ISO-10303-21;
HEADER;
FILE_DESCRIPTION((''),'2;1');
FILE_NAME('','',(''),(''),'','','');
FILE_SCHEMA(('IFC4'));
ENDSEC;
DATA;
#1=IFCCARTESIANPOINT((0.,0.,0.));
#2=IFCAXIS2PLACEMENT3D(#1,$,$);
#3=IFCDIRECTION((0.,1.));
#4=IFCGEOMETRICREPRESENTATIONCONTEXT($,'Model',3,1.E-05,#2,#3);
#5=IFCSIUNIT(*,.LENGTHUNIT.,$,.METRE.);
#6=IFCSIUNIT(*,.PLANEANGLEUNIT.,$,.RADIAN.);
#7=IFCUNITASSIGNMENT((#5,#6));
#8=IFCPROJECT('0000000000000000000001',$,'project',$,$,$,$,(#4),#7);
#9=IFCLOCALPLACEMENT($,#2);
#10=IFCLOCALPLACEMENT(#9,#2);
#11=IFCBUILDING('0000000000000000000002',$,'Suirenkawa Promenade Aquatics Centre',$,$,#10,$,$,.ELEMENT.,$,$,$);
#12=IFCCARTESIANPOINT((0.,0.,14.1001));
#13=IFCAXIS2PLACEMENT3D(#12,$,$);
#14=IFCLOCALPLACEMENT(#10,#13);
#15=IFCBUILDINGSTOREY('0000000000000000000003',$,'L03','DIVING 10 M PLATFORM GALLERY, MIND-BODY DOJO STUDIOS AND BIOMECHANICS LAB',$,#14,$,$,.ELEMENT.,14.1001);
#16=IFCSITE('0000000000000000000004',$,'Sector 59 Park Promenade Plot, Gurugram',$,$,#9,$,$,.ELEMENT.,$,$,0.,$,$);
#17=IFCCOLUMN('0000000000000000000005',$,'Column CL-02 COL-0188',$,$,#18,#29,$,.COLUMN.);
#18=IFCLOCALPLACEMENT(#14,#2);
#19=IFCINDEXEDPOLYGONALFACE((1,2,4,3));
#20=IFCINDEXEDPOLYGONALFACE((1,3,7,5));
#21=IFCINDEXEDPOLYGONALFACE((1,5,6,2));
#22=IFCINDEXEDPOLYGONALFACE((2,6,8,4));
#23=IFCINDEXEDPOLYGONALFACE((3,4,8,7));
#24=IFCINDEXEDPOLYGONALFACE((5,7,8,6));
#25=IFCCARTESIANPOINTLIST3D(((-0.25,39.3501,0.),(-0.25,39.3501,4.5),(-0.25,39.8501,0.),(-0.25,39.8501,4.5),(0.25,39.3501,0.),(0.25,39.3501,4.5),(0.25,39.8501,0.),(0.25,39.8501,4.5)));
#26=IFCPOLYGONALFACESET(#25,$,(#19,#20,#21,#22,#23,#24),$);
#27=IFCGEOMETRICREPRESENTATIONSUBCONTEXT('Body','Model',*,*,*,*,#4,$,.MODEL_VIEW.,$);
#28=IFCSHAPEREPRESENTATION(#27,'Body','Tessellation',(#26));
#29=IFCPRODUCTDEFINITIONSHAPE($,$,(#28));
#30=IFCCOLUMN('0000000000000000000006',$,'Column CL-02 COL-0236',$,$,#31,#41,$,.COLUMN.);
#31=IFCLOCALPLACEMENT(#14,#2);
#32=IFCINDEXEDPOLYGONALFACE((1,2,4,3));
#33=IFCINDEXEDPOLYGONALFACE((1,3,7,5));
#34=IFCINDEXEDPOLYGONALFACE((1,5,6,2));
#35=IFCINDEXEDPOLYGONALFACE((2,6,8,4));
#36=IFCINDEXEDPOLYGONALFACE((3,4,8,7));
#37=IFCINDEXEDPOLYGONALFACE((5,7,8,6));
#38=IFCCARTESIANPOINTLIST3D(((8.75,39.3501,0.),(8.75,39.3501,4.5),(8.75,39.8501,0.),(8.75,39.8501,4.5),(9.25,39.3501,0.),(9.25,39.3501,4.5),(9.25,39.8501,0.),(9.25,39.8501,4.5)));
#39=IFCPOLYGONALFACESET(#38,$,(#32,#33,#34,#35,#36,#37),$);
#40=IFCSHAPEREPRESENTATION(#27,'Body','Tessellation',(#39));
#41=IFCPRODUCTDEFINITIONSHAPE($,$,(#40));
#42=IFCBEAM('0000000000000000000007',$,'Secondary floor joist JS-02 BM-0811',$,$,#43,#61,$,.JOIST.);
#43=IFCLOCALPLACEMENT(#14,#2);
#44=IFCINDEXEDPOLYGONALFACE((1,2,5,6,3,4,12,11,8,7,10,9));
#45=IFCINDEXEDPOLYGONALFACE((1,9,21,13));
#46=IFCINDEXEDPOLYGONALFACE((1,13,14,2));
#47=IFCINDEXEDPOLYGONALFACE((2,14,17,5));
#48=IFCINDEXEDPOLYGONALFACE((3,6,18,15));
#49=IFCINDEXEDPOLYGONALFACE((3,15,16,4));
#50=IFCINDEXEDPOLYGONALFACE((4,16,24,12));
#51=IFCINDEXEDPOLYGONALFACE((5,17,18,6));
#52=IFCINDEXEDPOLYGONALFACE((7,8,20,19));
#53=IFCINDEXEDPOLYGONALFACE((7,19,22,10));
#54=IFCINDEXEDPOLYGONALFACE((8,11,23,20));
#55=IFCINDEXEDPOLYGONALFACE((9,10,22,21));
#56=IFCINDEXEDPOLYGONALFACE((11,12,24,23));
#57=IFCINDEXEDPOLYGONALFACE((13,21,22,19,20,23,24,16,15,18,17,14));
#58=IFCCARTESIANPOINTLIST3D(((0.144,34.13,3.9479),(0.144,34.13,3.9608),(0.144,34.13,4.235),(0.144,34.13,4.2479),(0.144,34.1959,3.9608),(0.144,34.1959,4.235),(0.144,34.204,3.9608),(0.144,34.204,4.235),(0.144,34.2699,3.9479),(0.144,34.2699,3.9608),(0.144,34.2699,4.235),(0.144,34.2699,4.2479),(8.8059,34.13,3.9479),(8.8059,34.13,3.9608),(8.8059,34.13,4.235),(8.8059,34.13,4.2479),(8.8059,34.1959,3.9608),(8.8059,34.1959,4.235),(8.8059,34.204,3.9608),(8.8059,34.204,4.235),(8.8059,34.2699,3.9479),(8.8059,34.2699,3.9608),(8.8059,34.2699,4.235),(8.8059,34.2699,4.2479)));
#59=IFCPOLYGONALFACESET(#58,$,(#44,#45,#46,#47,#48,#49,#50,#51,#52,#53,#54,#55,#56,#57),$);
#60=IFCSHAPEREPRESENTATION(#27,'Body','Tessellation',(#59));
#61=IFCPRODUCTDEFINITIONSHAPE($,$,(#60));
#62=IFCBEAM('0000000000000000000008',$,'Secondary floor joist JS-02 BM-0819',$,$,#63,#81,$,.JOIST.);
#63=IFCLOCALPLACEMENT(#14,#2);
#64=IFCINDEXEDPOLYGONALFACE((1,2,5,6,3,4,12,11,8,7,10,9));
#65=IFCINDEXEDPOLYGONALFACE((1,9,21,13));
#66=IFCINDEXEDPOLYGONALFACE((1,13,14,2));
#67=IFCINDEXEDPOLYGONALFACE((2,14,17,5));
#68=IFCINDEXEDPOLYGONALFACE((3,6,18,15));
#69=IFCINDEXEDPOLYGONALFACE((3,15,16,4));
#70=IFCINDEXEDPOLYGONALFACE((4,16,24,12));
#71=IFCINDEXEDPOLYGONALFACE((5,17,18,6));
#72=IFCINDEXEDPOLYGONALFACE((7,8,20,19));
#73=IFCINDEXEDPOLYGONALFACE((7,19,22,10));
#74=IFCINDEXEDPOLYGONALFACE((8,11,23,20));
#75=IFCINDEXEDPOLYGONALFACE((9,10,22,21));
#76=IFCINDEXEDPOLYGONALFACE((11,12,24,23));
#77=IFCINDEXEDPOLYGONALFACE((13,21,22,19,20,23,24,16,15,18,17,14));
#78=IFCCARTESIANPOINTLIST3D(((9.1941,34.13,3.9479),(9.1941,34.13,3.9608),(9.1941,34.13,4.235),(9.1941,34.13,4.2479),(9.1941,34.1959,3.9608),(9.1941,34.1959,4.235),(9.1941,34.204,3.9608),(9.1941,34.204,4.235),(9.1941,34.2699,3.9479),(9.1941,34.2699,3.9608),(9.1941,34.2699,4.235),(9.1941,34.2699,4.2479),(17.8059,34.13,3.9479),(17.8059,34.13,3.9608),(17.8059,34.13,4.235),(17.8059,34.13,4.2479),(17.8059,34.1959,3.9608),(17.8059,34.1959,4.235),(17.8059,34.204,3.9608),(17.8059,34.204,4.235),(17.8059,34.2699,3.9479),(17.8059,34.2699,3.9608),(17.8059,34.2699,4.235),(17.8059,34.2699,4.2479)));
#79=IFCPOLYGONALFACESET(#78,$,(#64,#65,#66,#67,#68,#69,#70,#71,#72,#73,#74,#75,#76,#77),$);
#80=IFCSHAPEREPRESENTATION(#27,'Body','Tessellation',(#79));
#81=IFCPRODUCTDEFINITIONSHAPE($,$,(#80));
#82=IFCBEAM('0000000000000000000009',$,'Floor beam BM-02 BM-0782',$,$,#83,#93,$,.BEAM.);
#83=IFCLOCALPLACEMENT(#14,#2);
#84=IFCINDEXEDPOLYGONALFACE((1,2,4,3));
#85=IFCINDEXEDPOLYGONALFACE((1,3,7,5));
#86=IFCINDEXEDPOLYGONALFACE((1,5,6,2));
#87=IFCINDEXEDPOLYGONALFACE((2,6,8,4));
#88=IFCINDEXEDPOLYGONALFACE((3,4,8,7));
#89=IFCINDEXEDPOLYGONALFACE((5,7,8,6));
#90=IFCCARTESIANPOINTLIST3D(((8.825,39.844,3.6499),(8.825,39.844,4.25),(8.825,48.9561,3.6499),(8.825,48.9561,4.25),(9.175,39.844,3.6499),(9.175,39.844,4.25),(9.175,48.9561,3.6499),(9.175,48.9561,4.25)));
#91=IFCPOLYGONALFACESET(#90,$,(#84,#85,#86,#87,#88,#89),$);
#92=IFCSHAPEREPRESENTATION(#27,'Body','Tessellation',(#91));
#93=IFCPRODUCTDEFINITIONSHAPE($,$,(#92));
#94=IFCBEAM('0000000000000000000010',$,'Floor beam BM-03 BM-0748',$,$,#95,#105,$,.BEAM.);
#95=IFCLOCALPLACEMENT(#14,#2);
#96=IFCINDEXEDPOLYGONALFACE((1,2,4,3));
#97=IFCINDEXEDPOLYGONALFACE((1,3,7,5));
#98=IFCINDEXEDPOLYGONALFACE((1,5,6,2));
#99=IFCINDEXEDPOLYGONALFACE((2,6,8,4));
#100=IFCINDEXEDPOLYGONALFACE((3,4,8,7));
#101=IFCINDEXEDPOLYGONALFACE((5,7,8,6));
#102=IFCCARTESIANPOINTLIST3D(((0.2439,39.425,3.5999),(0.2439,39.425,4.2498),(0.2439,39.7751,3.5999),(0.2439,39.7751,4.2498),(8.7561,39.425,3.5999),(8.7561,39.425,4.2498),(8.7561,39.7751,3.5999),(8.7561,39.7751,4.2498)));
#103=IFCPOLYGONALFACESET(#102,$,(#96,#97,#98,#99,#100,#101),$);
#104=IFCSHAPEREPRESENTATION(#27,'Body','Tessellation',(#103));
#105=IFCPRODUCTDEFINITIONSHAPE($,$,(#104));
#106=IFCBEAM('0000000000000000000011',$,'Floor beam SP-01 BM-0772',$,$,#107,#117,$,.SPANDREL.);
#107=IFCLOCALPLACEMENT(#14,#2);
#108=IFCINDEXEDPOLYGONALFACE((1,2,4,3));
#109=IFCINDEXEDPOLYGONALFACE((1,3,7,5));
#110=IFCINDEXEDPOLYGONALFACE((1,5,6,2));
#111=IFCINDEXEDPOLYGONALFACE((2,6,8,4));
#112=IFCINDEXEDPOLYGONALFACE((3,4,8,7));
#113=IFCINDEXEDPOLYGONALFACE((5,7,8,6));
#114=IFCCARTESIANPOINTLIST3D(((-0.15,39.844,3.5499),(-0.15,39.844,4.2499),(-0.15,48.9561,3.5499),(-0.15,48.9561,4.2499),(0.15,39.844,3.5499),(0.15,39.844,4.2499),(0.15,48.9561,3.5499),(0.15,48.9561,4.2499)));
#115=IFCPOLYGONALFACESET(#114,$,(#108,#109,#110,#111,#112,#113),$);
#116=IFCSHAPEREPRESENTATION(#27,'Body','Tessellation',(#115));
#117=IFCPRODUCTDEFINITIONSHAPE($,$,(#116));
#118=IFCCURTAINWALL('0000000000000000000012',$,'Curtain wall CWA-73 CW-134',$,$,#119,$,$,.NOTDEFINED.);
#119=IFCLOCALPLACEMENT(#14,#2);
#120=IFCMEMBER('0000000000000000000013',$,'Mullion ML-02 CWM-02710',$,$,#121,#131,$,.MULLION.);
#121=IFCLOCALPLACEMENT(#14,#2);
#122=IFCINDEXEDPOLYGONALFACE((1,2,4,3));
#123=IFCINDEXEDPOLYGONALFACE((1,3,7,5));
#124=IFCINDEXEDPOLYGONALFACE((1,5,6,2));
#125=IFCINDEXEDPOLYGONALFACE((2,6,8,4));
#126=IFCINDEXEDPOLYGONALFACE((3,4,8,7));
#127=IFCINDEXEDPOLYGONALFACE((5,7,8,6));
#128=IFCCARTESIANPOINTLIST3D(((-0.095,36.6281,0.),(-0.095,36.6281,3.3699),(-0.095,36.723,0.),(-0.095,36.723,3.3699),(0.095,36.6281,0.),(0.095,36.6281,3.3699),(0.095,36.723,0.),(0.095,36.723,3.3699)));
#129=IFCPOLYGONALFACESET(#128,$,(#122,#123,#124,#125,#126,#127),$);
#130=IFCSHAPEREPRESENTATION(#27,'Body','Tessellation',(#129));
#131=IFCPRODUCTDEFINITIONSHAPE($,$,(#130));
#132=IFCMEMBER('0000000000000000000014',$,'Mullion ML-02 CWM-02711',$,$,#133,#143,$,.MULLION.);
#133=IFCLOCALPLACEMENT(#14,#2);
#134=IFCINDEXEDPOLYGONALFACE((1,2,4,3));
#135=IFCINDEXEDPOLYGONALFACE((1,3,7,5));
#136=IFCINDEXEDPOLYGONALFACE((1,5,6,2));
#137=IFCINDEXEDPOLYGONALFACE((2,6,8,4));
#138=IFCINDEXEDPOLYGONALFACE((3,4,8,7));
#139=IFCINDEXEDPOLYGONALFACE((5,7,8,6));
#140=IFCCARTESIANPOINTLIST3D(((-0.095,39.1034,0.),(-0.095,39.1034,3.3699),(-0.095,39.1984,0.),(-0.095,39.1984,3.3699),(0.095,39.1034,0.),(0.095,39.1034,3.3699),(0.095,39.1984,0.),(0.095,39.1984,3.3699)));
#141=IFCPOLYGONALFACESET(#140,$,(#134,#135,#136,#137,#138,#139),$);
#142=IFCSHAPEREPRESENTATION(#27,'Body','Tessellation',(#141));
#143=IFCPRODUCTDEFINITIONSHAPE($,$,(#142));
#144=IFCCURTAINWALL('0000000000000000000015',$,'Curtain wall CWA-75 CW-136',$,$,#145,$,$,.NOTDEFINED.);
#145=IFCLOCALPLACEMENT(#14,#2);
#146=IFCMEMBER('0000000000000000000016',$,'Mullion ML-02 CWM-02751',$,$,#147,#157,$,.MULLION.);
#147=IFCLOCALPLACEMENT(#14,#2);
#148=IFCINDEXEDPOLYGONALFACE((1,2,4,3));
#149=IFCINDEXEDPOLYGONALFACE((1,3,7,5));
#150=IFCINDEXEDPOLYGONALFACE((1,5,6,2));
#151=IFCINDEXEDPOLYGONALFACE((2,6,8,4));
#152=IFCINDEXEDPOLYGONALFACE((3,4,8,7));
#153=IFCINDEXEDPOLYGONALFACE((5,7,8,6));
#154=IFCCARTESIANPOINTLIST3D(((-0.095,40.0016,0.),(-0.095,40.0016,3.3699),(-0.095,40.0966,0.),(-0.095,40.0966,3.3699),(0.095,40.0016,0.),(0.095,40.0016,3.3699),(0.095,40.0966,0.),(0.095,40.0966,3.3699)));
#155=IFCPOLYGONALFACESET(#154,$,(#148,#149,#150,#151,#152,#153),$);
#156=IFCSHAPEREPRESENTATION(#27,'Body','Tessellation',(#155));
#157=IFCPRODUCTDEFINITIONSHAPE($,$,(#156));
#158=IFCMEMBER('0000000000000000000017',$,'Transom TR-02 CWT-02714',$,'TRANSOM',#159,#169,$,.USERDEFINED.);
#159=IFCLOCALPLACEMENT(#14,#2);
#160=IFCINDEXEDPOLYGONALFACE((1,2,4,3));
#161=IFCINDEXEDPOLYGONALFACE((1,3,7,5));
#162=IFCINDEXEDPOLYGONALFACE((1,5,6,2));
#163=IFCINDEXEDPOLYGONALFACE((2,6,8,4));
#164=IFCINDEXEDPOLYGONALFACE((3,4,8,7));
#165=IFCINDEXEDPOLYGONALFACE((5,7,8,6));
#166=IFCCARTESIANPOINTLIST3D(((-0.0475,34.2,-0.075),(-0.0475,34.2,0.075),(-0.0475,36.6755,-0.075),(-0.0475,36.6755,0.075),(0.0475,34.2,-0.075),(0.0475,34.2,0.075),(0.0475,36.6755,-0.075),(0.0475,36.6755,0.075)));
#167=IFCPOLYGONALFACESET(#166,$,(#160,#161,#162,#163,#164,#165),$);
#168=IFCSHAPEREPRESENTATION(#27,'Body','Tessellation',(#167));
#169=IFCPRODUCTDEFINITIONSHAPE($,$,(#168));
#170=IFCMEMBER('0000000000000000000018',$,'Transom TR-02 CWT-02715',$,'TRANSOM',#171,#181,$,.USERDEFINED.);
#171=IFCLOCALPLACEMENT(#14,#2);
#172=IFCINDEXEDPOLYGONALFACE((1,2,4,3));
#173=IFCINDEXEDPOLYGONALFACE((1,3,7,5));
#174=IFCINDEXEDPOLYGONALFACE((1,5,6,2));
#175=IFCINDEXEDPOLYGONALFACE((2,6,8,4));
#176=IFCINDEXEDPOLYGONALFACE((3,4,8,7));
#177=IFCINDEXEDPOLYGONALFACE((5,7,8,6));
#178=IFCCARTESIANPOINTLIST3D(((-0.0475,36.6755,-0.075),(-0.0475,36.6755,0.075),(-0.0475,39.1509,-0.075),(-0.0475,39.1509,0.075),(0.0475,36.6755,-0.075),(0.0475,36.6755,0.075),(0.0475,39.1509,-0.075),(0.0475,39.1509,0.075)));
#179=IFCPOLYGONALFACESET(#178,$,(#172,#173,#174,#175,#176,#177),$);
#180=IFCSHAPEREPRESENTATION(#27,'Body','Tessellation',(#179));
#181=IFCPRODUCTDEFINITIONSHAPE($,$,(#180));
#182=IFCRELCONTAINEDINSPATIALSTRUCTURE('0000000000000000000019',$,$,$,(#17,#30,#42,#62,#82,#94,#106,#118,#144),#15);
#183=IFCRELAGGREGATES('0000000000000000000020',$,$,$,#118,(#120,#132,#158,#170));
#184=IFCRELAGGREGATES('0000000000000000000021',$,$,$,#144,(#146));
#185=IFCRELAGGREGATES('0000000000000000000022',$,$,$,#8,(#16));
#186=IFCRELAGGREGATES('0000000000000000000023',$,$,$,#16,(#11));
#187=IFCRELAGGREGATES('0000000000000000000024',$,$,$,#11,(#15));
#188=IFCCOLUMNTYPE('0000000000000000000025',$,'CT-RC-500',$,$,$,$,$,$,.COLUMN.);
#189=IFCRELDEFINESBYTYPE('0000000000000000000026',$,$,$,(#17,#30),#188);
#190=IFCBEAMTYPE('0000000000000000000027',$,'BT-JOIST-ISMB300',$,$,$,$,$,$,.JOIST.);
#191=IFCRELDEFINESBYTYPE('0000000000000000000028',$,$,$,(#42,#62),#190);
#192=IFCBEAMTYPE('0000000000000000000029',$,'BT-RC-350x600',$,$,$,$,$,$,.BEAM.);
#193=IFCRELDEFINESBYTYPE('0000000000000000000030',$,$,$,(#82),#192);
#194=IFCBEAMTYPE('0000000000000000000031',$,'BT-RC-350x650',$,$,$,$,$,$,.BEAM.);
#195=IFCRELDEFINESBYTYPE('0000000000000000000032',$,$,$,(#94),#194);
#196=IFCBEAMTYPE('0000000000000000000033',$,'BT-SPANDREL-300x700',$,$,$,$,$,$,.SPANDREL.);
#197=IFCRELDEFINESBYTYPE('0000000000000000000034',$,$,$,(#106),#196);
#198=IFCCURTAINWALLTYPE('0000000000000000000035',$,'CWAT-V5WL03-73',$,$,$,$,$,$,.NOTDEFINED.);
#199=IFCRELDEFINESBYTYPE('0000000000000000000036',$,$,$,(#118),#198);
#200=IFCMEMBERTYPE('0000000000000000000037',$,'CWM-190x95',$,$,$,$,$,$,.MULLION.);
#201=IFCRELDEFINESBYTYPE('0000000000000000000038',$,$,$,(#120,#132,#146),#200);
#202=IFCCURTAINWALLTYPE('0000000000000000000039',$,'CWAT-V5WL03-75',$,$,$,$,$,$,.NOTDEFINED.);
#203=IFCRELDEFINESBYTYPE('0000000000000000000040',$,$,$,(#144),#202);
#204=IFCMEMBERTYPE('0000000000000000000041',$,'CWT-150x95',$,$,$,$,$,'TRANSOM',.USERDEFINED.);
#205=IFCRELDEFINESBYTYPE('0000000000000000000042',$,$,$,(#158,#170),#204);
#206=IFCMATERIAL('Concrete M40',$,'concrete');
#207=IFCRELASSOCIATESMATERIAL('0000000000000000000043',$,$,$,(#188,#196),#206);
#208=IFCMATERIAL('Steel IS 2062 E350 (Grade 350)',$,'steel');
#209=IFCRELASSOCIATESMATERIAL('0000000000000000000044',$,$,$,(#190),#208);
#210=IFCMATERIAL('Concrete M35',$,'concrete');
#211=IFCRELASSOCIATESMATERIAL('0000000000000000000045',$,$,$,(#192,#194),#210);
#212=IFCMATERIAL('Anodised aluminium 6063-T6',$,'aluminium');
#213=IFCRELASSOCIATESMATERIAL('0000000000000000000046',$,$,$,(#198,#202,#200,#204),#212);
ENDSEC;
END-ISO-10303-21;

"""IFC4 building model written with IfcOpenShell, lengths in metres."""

from ifc_helpers import new_model, si_unit, direction, frame, origin, origin_2d, place, context, subcontext, project, spatial, rectangle, i_section, extrude, material, material_profile, profile_set, type_object, element, aggregate, save


model = new_model("IFC4")

# Units and contexts
model_context = context("Model", 3, precision=1e-05, world=origin(), true_north=direction((0.0, 1.0)))
body_context = subcontext(model_context, "Body", "Model", "MODEL_VIEW")
ifc_project = project(units=[si_unit("LENGTHUNIT", "METRE"), si_unit("PLANEANGLEUNIT", "RADIAN")], contexts=[model_context])

# Site, building, storey
site_placement = place(None, origin())
site = spatial("IfcSite", under=ifc_project, at=site_placement, Name="Sector 59 Park Promenade Plot, Gurugram", CompositionType="ELEMENT", RefElevation=0.0)
building_placement = place(site_placement, origin())
building = spatial("IfcBuilding", under=site, at=building_placement, Name="Suirenkawa Promenade Aquatics Centre", CompositionType="ELEMENT")
storey_placement = place(building_placement, frame((0.0, 0.0, 14.1001)))
storey = spatial("IfcBuildingStorey", under=building, at=storey_placement, Name="L03", Description="DIVING 10 M PLATFORM GALLERY, MIND-BODY DOJO STUDIOS AND BIOMECHANICS LAB", CompositionType="ELEMENT", Elevation=14.1001)

# Columns
ifc_material_1 = material(Name="Concrete M40", Category="concrete")
ifc_material_profile_1 = material_profile(ifc_material_1, rectangle(XDim=0.5, YDim=0.5, at=origin_2d()), Name="RC COL 500x500", Category="concrete")
ifc_profile_set_1 = profile_set([ifc_material_profile_1], Name="Concrete M40")
column_type = type_object("IfcColumnType", Name="CT-RC-500", PredefinedType="COLUMN", material=ifc_profile_set_1)
for number, where, z_axis, x_axis, name in (
    (1, (0.0, 39.6001, 0.0), (0.0, 0.0, 1.0), (1.0, 0.0, 0.0), "Column CL-02 COL-0188"),
    (2, (9.0, 39.6001, 0.0), (0.0, 0.0, 1.0), (1.0, 0.0, 0.0), "Column CL-02 COL-0236"),
):
    element("IfcColumn", number, at=place(storey_placement, frame(where, z_axis=z_axis, x_axis=x_axis)), inside=storey, type_object=column_type, Name=name, PredefinedType="COLUMN", context=body_context, shape_type="SweptSolid", body=[
        extrude(rectangle(XDim=0.5, YDim=0.5, at=origin_2d()), origin(), (0.0, 0.0, 1.0), 4.5),
    ])

# Beams
ifc_material_2 = material(Name="Steel IS 2062 E350 (Grade 350)", Category="steel")
ifc_material_profile_2 = material_profile(ifc_material_2, i_section(OverallWidth=0.1399, OverallDepth=0.3, WebThickness=0.0081, FlangeThickness=0.0129, at=origin_2d()), Name="ISMB 300", Category="steel")
ifc_profile_set_2 = profile_set([ifc_material_profile_2], Name="Steel IS 2062 E350 (Grade 350)")
beam_type_1 = type_object("IfcBeamType", Name="BT-JOIST-ISMB300", PredefinedType="JOIST", material=ifc_profile_set_2)
beam_1_placement = place(storey_placement, frame((0.144, 34.2, 4.0979), z_axis=(1.0, 0.0, 0.0), x_axis=(0.0, 1.0, 0.0)))
element("IfcBeam", 3, at=beam_1_placement, inside=storey, type_object=beam_type_1, Name="Secondary floor joist JS-02 BM-0811", PredefinedType="JOIST", context=body_context, shape_type="SweptSolid", body=[
    extrude(i_section(OverallWidth=0.1399, OverallDepth=0.3, WebThickness=0.0081, FlangeThickness=0.0129, at=origin_2d()), origin(), (0.0, 0.0, 1.0), 8.6619),
])
beam_2_placement = place(storey_placement, frame((9.1941, 34.2, 4.0979), z_axis=(1.0, 0.0, 0.0), x_axis=(0.0, 1.0, 0.0)))
element("IfcBeam", 4, at=beam_2_placement, inside=storey, type_object=beam_type_1, Name="Secondary floor joist JS-02 BM-0819", PredefinedType="JOIST", context=body_context, shape_type="SweptSolid", body=[
    extrude(i_section(OverallWidth=0.1399, OverallDepth=0.3, WebThickness=0.0081, FlangeThickness=0.0129, at=origin_2d()), origin(), (0.0, 0.0, 1.0), 8.6118),
])
ifc_material_3 = material(Name="Concrete M35", Category="concrete")
ifc_material_profile_3 = material_profile(ifc_material_3, rectangle(XDim=0.3501, YDim=0.6001, at=origin_2d()), Name="RC BM 350x600", Category="concrete")
ifc_profile_set_3 = profile_set([ifc_material_profile_3], Name="Concrete M35")
beam_type_2 = type_object("IfcBeamType", Name="BT-RC-350x600", PredefinedType="BEAM", material=ifc_profile_set_3)
beam_3_placement = place(storey_placement, frame((9.0, 39.844, 3.95), z_axis=(0.0, 1.0, 0.0), x_axis=(-1.0, 0.0, 0.0)))
element("IfcBeam", 5, at=beam_3_placement, inside=storey, type_object=beam_type_2, Name="Floor beam BM-02 BM-0782", PredefinedType="BEAM", context=body_context, shape_type="SweptSolid", body=[
    extrude(rectangle(XDim=0.3501, YDim=0.6001, at=origin_2d()), origin(), (0.0, 0.0, 1.0), 9.1121),
])
ifc_material_profile_4 = material_profile(ifc_material_3, rectangle(XDim=0.3501, YDim=0.6499, at=origin_2d()), Name="RC BM 350x650", Category="concrete")
ifc_profile_set_4 = profile_set([ifc_material_profile_4], Name="Concrete M35")
beam_type_3 = type_object("IfcBeamType", Name="BT-RC-350x650", PredefinedType="BEAM", material=ifc_profile_set_4)
beam_4_placement = place(storey_placement, frame((0.2439, 39.6001, 3.9248), z_axis=(1.0, 0.0, 0.0), x_axis=(0.0, 1.0, 0.0)))
element("IfcBeam", 6, at=beam_4_placement, inside=storey, type_object=beam_type_3, Name="Floor beam BM-03 BM-0748", PredefinedType="BEAM", context=body_context, shape_type="SweptSolid", body=[
    extrude(rectangle(XDim=0.3501, YDim=0.6499, at=origin_2d()), origin(), (0.0, 0.0, 1.0), 8.5122),
])
ifc_material_profile_5 = material_profile(ifc_material_1, rectangle(XDim=0.3, YDim=0.7, at=origin_2d()), Name="RC SPANDREL 300x700", Category="concrete")
ifc_profile_set_5 = profile_set([ifc_material_profile_5], Name="Concrete M40")
beam_type_4 = type_object("IfcBeamType", Name="BT-SPANDREL-300x700", PredefinedType="SPANDREL", material=ifc_profile_set_5)
beam_5_placement = place(storey_placement, frame((0.0, 39.844, 3.8999), z_axis=(0.0, 1.0, 0.0), x_axis=(-1.0, 0.0, 0.0)))
element("IfcBeam", 7, at=beam_5_placement, inside=storey, type_object=beam_type_4, Name="Floor beam SP-01 BM-0772", PredefinedType="SPANDREL", context=body_context, shape_type="SweptSolid", body=[
    extrude(rectangle(XDim=0.3, YDim=0.7, at=origin_2d()), origin(), (0.0, 0.0, 1.0), 9.1121),
])

# Curtain wall, members
ifc_material_4 = material(Name="Anodised aluminium 6063-T6", Category="aluminium")
curtain_wall_type_1 = type_object("IfcCurtainWallType", Name="CWAT-V5WL03-73", PredefinedType="NOTDEFINED", material=ifc_material_4)
curtain_wall_1_placement = place(storey_placement, origin())
curtain_wall_1 = element("IfcCurtainWall", 8, at=curtain_wall_1_placement, inside=storey, type_object=curtain_wall_type_1, Name="Curtain wall CWA-73 CW-134", PredefinedType="NOTDEFINED")
ifc_material_profile_6 = material_profile(ifc_material_4, rectangle(XDim=0.095, YDim=0.1899, at=origin_2d()), Name="ALU MULL 95x190", Category="aluminium")
ifc_profile_set_6 = profile_set([ifc_material_profile_6], Name="Anodised aluminium 6063-T6")
member_type_1 = type_object("IfcMemberType", Name="CWM-190x95", PredefinedType="MULLION", material=ifc_profile_set_6)
member_1_placement = place(storey_placement, frame((0.0, 36.6755, 0.0), z_axis=(0.0, 0.0, 1.0), x_axis=(0.0, 1.0, 0.0)))
member_1 = element("IfcMember", 9, at=member_1_placement, type_object=member_type_1, Name="Mullion ML-02 CWM-02710", PredefinedType="MULLION", context=body_context, shape_type="SweptSolid", body=[
    extrude(rectangle(XDim=0.095, YDim=0.1899, at=origin_2d()), origin(), (0.0, 0.0, 1.0), 3.3699),
])
member_2_placement = place(storey_placement, frame((0.0, 39.1509, 0.0), z_axis=(0.0, 0.0, 1.0), x_axis=(0.0, 1.0, 0.0)))
member_2 = element("IfcMember", 10, at=member_2_placement, type_object=member_type_1, Name="Mullion ML-02 CWM-02711", PredefinedType="MULLION", context=body_context, shape_type="SweptSolid", body=[
    extrude(rectangle(XDim=0.095, YDim=0.1899, at=origin_2d()), origin(), (0.0, 0.0, 1.0), 3.3699),
])

# Curtain wall, member
curtain_wall_type_2 = type_object("IfcCurtainWallType", Name="CWAT-V5WL03-75", PredefinedType="NOTDEFINED", material=ifc_material_4)
curtain_wall_2_placement = place(storey_placement, origin())
curtain_wall_2 = element("IfcCurtainWall", 11, at=curtain_wall_2_placement, inside=storey, type_object=curtain_wall_type_2, Name="Curtain wall CWA-75 CW-136", PredefinedType="NOTDEFINED")
member_3_placement = place(storey_placement, frame((0.0, 40.0491, 0.0), z_axis=(0.0, 0.0, 1.0), x_axis=(0.0, 1.0, 0.0)))
member_3 = element("IfcMember", 12, at=member_3_placement, type_object=member_type_1, Name="Mullion ML-02 CWM-02751", PredefinedType="MULLION", context=body_context, shape_type="SweptSolid", body=[
    extrude(rectangle(XDim=0.095, YDim=0.1899, at=origin_2d()), origin(), (0.0, 0.0, 1.0), 3.3699),
])

# Members
ifc_material_profile_7 = material_profile(ifc_material_4, rectangle(XDim=0.095, YDim=0.1499, at=origin_2d()), Name="ALU TRAN 95x150", Category="aluminium")
ifc_profile_set_7 = profile_set([ifc_material_profile_7], Name="Anodised aluminium 6063-T6")
member_type_2 = type_object("IfcMemberType", Name="CWT-150x95", ElementType="TRANSOM", PredefinedType="USERDEFINED", material=ifc_profile_set_7)
member_4_placement = place(storey_placement, frame((0.0, 34.2, 0.0), z_axis=(0.0, 1.0, 0.0), x_axis=(-1.0, 0.0, 0.0)))
member_4 = element("IfcMember", 13, at=member_4_placement, type_object=member_type_2, Name="Transom TR-02 CWT-02714", ObjectType="TRANSOM", PredefinedType="USERDEFINED", context=body_context, shape_type="SweptSolid", body=[
    extrude(rectangle(XDim=0.095, YDim=0.1499, at=origin_2d()), origin(), (0.0, 0.0, 1.0), 2.4756),
])
member_5_placement = place(storey_placement, frame((0.0, 36.6755, 0.0), z_axis=(0.0, 1.0, 0.0), x_axis=(-1.0, 0.0, 0.0)))
member_5 = element("IfcMember", 14, at=member_5_placement, type_object=member_type_2, Name="Transom TR-02 CWT-02715", ObjectType="TRANSOM", PredefinedType="USERDEFINED", context=body_context, shape_type="SweptSolid", body=[
    extrude(rectangle(XDim=0.095, YDim=0.1499, at=origin_2d()), origin(), (0.0, 0.0, 1.0), 2.4753),
])

aggregate(curtain_wall_1, [member_1, member_2, member_4, member_5])
aggregate(curtain_wall_2, [member_3])

save(model, "model.ifc")
